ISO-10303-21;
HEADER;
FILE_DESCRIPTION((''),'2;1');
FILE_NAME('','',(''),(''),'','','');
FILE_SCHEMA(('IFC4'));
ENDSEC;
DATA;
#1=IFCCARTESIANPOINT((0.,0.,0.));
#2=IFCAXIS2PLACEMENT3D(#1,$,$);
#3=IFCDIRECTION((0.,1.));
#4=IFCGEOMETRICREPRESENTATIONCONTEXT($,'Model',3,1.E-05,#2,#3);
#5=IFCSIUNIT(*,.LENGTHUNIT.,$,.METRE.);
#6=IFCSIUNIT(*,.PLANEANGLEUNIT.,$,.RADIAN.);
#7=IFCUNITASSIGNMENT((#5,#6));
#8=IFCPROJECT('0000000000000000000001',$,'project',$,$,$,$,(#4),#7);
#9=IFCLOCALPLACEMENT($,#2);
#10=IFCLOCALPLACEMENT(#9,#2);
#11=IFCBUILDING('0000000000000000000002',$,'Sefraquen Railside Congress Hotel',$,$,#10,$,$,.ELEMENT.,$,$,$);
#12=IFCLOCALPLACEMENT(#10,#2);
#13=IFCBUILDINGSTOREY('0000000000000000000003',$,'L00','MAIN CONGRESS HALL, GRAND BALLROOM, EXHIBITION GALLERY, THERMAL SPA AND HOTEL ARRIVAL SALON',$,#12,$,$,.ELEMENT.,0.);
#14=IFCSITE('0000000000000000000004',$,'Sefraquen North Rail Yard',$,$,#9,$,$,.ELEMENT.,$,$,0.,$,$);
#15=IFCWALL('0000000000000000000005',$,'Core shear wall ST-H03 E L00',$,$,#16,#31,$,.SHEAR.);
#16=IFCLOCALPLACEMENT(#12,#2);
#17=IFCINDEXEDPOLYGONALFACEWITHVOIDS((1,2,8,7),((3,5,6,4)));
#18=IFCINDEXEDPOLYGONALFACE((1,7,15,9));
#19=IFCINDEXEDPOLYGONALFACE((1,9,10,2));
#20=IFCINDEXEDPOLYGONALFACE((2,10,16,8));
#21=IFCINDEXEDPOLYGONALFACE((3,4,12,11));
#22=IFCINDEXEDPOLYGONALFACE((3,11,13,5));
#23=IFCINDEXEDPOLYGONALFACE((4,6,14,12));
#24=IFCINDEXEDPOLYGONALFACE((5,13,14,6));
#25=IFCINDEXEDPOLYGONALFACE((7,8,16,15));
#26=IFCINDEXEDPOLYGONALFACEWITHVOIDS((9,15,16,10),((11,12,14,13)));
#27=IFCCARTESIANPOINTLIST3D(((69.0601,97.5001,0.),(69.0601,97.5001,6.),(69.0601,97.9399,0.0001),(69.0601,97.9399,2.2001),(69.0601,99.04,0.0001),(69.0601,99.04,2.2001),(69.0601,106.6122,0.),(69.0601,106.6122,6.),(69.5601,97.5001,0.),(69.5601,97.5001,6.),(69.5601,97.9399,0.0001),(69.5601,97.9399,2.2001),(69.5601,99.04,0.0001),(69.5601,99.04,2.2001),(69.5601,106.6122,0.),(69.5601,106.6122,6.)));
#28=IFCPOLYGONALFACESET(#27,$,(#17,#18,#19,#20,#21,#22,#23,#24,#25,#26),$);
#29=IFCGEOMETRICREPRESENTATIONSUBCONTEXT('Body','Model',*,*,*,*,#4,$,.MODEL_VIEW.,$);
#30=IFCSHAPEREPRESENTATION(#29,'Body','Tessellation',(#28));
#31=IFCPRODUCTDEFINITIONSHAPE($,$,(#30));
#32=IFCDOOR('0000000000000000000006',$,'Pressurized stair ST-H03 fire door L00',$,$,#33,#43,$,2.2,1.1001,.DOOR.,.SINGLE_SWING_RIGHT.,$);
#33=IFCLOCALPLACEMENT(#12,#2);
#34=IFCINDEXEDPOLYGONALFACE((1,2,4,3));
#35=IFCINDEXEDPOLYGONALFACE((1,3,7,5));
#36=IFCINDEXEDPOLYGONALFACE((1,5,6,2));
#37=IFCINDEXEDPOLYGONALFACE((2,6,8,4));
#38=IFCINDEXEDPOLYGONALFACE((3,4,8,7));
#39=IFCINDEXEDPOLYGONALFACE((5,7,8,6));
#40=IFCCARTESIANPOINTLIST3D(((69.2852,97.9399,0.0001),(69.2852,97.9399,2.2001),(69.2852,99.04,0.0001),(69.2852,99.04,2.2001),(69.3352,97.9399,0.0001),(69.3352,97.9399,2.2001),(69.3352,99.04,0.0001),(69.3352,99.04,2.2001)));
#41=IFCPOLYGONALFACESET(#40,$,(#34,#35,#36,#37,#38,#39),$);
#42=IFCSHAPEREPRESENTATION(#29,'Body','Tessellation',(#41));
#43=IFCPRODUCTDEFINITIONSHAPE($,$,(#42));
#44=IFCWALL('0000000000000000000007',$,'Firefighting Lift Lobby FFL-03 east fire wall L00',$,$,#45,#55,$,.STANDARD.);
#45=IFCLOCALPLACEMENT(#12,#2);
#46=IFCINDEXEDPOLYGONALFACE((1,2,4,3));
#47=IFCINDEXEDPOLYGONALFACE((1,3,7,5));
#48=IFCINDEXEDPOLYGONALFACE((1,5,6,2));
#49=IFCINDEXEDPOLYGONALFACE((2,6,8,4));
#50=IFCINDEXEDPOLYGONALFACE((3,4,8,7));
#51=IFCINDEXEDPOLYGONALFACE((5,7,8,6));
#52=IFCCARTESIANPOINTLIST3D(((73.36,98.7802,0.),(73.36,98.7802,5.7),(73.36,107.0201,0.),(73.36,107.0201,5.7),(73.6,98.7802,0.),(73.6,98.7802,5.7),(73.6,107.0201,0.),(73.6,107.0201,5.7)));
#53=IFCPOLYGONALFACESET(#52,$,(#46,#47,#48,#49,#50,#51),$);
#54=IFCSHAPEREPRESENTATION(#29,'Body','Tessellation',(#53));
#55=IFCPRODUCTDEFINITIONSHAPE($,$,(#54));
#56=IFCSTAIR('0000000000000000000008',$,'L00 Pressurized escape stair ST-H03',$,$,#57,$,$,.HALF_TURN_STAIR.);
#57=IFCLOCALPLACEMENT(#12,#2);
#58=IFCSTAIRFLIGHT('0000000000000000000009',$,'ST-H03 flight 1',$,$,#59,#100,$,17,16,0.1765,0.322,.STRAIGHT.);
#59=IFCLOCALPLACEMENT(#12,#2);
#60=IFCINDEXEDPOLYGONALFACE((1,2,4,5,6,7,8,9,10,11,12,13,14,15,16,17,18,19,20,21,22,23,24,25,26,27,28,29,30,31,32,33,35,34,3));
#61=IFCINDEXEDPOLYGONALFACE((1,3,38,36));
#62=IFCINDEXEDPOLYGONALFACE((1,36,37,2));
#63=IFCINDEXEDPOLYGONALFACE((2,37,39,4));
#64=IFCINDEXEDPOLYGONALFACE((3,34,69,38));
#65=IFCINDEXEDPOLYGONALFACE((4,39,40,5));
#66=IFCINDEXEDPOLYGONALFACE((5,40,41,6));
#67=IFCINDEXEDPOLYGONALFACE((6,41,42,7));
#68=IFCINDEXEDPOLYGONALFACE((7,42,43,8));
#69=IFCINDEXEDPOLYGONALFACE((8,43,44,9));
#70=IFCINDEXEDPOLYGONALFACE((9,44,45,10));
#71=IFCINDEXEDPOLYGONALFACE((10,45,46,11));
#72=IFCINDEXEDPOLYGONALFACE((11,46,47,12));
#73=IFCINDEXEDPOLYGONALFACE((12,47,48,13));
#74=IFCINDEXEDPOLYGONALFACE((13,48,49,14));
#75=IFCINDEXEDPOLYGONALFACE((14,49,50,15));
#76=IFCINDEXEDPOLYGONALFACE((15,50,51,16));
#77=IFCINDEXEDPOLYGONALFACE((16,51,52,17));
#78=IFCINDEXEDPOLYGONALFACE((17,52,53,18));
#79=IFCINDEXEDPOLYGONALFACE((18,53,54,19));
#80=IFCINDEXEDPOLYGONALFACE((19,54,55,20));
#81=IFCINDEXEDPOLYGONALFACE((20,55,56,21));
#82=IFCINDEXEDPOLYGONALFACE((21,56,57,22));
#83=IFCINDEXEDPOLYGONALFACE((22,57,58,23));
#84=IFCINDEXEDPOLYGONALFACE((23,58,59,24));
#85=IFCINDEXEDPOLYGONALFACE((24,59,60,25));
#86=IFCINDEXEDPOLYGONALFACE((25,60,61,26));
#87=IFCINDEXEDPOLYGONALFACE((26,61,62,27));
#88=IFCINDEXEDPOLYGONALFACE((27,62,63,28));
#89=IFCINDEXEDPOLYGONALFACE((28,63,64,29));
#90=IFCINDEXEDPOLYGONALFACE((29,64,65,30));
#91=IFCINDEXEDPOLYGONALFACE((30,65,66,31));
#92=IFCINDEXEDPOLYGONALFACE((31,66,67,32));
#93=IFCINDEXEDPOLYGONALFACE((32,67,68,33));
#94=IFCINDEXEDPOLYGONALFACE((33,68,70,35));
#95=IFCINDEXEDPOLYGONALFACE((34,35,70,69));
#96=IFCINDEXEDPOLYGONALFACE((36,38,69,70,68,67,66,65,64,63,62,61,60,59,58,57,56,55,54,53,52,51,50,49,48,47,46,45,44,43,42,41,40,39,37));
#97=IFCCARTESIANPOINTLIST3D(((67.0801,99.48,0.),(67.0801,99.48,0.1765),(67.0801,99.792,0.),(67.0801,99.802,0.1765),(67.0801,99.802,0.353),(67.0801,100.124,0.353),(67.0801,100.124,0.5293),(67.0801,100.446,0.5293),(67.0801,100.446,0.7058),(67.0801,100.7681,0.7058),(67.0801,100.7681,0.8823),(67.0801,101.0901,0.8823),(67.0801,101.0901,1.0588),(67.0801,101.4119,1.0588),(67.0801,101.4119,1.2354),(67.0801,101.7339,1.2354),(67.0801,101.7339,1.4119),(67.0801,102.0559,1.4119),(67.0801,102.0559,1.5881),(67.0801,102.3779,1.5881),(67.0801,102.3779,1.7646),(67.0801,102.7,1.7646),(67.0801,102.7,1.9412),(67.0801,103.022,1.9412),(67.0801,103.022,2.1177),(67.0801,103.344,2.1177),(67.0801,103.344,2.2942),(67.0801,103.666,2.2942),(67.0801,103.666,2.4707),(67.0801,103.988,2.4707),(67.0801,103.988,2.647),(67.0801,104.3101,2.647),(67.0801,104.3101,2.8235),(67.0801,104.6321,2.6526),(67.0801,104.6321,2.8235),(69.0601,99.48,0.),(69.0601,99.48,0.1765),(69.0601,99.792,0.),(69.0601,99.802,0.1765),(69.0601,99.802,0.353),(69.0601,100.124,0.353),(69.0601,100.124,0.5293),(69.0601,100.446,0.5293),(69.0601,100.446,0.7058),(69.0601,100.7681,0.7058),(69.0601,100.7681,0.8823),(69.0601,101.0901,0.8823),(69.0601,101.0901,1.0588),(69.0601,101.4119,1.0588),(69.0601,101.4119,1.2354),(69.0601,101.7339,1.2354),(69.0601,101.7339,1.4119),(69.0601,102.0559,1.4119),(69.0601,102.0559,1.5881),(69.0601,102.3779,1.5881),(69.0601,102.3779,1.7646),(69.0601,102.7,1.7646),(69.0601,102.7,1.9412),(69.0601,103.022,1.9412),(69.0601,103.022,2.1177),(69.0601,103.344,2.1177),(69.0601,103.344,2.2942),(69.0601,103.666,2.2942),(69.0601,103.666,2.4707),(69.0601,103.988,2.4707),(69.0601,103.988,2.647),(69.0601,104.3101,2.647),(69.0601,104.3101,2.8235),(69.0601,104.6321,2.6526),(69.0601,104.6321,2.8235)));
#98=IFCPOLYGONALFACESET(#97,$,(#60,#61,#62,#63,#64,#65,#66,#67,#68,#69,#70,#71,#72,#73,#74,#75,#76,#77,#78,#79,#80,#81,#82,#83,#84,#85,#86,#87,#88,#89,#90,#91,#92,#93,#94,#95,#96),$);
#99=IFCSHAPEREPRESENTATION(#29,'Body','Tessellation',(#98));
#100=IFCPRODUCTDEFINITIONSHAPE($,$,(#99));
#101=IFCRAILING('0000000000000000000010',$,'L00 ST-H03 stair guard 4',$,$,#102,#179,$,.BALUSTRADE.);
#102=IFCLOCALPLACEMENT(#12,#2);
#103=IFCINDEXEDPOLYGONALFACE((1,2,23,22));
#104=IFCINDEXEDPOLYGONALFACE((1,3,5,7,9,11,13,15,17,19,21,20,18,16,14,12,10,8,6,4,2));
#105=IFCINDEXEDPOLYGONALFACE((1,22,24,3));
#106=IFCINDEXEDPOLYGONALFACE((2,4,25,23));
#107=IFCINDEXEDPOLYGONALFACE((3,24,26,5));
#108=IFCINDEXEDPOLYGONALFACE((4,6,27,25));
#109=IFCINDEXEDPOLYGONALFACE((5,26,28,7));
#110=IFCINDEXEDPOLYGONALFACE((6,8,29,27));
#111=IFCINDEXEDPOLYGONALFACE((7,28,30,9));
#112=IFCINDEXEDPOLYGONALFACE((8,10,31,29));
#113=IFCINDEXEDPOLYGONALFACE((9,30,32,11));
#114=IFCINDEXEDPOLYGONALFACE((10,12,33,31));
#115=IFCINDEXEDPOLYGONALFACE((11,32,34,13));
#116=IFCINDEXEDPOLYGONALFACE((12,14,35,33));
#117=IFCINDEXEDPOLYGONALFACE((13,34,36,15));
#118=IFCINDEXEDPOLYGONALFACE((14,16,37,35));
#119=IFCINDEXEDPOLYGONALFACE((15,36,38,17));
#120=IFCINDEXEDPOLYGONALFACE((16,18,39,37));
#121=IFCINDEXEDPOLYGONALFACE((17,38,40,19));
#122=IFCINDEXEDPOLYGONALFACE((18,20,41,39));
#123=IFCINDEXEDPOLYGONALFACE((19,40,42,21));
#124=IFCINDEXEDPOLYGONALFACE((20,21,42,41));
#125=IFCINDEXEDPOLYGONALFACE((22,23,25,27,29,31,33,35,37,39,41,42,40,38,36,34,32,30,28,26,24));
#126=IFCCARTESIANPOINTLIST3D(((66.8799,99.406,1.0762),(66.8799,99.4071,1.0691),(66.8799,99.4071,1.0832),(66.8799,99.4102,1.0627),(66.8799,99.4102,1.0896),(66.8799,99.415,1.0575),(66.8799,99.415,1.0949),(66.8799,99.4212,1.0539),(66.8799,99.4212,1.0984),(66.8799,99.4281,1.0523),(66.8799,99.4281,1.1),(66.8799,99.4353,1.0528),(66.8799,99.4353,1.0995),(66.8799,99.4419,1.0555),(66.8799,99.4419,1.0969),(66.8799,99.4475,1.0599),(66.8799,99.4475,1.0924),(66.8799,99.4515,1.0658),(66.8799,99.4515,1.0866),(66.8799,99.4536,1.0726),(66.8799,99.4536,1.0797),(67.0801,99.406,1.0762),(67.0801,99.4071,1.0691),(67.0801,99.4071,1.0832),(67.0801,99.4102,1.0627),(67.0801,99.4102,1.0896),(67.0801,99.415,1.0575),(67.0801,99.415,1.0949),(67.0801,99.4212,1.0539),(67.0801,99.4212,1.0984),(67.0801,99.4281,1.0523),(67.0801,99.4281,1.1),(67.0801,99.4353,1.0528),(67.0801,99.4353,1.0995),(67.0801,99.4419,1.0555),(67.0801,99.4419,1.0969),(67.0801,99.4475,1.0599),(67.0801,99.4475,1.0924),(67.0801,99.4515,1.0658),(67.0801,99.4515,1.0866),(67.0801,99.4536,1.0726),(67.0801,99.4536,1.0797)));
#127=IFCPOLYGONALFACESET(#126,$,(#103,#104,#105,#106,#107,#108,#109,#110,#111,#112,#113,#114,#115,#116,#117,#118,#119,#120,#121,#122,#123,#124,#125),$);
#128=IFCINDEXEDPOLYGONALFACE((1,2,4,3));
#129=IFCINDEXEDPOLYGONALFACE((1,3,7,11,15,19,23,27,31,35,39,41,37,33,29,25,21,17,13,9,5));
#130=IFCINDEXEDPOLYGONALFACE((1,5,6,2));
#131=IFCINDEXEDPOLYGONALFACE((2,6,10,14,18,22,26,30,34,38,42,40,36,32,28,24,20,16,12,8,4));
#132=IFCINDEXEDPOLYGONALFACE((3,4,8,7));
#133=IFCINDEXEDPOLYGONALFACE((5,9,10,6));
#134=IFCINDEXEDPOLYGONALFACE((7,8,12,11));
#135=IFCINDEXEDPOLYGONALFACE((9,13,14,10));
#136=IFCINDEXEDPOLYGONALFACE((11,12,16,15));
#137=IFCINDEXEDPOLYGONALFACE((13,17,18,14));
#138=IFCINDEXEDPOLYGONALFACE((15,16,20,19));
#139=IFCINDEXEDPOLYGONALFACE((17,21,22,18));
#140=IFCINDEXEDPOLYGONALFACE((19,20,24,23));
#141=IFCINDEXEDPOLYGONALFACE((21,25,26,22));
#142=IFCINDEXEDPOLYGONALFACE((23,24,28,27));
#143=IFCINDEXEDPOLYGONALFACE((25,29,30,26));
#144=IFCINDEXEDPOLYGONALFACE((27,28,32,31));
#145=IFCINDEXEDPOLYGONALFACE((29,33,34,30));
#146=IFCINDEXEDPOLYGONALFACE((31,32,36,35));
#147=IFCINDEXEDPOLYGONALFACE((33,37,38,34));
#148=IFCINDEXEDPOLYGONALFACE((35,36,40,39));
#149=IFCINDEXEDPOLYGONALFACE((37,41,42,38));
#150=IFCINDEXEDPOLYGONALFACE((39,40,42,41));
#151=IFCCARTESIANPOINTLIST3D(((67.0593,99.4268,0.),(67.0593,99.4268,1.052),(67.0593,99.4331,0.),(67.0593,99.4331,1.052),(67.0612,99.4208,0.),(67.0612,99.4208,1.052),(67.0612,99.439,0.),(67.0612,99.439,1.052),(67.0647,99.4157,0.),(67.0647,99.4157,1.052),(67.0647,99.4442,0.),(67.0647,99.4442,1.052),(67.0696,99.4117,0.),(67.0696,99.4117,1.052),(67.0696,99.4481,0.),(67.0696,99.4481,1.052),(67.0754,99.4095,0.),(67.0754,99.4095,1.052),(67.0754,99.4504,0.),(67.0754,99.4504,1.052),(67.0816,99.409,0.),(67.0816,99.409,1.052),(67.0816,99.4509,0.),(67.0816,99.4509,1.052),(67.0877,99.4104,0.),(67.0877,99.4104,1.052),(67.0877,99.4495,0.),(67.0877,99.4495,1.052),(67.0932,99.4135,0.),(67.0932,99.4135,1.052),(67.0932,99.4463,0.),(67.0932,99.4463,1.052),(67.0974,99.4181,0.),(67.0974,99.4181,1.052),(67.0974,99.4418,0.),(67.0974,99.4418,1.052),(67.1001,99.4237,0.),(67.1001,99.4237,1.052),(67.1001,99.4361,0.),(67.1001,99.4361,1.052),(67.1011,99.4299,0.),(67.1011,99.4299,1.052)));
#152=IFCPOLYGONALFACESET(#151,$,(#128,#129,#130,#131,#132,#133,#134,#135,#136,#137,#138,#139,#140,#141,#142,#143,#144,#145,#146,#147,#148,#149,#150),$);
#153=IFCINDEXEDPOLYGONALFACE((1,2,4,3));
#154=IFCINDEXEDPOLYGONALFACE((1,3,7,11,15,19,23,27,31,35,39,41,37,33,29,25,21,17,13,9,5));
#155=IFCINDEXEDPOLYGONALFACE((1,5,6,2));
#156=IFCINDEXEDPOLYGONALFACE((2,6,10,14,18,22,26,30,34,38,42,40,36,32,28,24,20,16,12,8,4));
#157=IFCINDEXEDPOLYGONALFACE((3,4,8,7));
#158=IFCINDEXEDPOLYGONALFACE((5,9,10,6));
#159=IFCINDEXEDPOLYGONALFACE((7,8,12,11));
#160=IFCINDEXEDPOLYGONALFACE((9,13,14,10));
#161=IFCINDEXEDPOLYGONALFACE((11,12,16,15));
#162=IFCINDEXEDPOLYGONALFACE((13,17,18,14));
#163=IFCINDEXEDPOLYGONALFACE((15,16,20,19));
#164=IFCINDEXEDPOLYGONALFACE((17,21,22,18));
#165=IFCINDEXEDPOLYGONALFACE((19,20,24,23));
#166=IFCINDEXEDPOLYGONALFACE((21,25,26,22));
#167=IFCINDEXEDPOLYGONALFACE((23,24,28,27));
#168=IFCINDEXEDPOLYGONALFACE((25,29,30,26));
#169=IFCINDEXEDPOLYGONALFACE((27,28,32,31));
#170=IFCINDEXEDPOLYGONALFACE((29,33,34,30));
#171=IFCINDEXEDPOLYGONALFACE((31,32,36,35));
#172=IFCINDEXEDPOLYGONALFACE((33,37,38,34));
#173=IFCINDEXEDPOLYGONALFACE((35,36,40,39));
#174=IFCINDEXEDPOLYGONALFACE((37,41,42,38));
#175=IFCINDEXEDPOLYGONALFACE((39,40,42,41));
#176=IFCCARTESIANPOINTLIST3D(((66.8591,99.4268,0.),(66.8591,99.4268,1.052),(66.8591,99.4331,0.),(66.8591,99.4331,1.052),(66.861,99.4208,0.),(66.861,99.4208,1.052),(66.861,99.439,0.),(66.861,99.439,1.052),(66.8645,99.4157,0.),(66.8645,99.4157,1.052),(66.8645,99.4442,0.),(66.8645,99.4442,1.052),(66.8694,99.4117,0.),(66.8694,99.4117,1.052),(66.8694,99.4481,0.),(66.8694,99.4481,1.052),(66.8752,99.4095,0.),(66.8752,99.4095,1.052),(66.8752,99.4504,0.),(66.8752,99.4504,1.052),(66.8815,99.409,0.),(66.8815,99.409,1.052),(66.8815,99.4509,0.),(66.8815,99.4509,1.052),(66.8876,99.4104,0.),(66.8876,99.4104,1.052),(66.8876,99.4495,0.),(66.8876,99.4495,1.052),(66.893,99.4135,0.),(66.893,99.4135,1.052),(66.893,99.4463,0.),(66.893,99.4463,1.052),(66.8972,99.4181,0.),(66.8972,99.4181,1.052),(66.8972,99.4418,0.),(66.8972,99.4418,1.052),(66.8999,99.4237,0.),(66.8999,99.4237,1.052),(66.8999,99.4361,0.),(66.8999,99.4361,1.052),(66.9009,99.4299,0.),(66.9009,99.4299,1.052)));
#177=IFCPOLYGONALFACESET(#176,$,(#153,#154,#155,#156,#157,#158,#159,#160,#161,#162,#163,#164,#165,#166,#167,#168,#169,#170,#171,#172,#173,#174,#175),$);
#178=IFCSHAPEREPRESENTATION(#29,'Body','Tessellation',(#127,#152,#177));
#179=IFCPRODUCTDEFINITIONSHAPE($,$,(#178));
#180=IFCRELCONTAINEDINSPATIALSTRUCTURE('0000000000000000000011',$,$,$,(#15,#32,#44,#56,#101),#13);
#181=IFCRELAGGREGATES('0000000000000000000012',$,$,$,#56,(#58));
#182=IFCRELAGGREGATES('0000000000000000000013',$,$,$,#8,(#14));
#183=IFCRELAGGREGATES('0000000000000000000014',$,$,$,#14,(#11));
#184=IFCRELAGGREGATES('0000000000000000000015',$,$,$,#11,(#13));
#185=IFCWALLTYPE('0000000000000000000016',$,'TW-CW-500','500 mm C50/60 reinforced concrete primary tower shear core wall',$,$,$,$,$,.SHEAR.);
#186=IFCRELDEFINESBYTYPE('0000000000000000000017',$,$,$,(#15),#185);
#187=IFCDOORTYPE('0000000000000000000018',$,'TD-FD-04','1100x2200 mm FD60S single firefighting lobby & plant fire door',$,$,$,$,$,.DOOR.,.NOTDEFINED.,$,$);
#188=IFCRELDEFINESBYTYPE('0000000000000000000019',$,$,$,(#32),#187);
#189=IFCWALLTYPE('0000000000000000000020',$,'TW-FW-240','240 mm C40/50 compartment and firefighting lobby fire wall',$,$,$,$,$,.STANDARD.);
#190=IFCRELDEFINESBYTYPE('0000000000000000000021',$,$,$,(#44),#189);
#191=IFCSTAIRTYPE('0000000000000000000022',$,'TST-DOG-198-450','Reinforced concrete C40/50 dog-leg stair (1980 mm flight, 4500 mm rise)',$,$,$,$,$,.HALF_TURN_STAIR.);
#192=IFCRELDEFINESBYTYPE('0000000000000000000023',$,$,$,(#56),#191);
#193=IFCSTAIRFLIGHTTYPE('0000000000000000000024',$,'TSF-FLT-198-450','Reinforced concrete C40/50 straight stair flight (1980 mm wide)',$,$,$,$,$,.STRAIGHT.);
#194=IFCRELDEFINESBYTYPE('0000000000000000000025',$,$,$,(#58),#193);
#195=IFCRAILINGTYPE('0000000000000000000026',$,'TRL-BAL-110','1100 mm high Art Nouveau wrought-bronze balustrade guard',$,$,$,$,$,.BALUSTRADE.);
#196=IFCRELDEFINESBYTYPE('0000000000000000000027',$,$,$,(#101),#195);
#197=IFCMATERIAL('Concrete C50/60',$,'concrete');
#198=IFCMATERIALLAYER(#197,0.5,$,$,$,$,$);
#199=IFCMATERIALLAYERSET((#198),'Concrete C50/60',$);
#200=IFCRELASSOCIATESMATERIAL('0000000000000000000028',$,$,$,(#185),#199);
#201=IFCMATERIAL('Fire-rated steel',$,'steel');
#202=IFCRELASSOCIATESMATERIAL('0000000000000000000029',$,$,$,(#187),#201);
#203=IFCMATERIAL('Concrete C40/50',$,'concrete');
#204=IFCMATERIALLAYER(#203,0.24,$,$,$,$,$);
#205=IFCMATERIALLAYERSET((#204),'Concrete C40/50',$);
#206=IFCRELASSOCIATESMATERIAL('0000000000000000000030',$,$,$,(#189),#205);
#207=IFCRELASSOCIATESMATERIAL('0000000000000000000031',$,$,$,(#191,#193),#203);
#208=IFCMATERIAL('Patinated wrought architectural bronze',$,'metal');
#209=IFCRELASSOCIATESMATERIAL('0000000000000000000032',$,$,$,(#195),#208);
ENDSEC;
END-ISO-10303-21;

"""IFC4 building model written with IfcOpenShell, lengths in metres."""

from ifc_helpers import new_model, si_unit, direction, frame, frame_2d, origin, origin_2d, place, context, subcontext, project, spatial, polyline, rectangle, circle, outline, extrude, material, layer, layer_set, type_object, element, fill, aggregate, save


model = new_model("IFC4")

# Units and contexts
model_context = context("Model", 3, precision=1e-05, world=origin(), true_north=direction((0.0, 1.0)))
body_context = subcontext(model_context, "Body", "Model", "MODEL_VIEW")
ifc_project = project(units=[si_unit("LENGTHUNIT", "METRE"), si_unit("PLANEANGLEUNIT", "RADIAN")], contexts=[model_context])

# Site, building, storey
site_placement = place(None, origin())
site = spatial("IfcSite", under=ifc_project, at=site_placement, Name="Sefraquen North Rail Yard", CompositionType="ELEMENT", RefElevation=0.0)
building_placement = place(site_placement, origin())
building = spatial("IfcBuilding", under=site, at=building_placement, Name="Sefraquen Railside Congress Hotel", CompositionType="ELEMENT")
storey_placement = place(building_placement, origin())
storey = spatial("IfcBuildingStorey", under=building, at=storey_placement, Name="L00", Description="MAIN CONGRESS HALL, GRAND BALLROOM, EXHIBITION GALLERY, THERMAL SPA AND HOTEL ARRIVAL SALON", CompositionType="ELEMENT", Elevation=0.0)

# Shared definitions
ifc_material_1 = material(Name="Concrete C50/60", Category="concrete")

# Wall, opening, door
ifc_layer_1 = layer(ifc_material_1, 0.5)
ifc_layer_set_1 = layer_set([ifc_layer_1], Name="Concrete C50/60")
wall_type_1 = type_object("IfcWallType", Name="TW-CW-500", Description="500 mm C50/60 reinforced concrete primary tower shear core wall", PredefinedType="SHEAR", material=ifc_layer_set_1)
wall_1_placement = place(storey_placement, frame((69.3101, 97.5, 0.0), z_axis=(0.0, 0.0, 1.0), x_axis=(0.0, 1.0, 0.0)))
wall_1 = element("IfcWall", 1, at=wall_1_placement, inside=storey, type_object=wall_type_1, Name="Core shear wall ST-H03 E L00", PredefinedType="SHEAR", context=body_context, shape_type="SweptSolid", body=[
    extrude(rectangle(XDim=9.1121, YDim=0.5, at=frame_2d((4.5562, 0.0))), origin(), (0.0, 0.0, 1.0), 6.0),
])
opening_1_placement = place(wall_1_placement, frame((0.4399, 0.0, 0.0)))
opening_1 = element("IfcOpeningElement", 2, at=opening_1_placement, cuts=wall_1, PredefinedType="OPENING", context=body_context, shape_type="SweptSolid", body=[
    extrude(rectangle(XDim=1.1001, YDim=2.2, at=frame_2d((0.55, 1.1001))), frame((0.0, 0.26, 0.0), z_axis=(0.0, -1.0, 0.0), x_axis=(1.0, 0.0, 0.0)), (0.0, 0.0, 1.0), 0.52),
])
ifc_material_2 = material(Name="Fire-rated steel", Category="steel")
door_type_1 = type_object("IfcDoorType", Name="TD-FD-04", Description="1100x2200 mm FD60S single firefighting lobby & plant fire door", OperationType="NOTDEFINED", PredefinedType="DOOR", material=ifc_material_2)
door_1_placement = place(opening_1_placement, origin())
door_1 = element("IfcDoor", 3, at=door_1_placement, inside=storey, type_object=door_type_1, Name="Pressurized stair ST-H03 fire door L00", OperationType="SINGLE_SWING_RIGHT", OverallHeight=2.2, OverallWidth=1.1001, PredefinedType="DOOR", context=body_context, shape_type="SweptSolid", body=[
    extrude(rectangle(XDim=1.1001, YDim=2.2, at=frame_2d((0.55, 1.1001))), frame((0.0, 0.0249, 0.0), z_axis=(0.0, -1.0, 0.0), x_axis=(1.0, 0.0, 0.0)), (0.0, 0.0, 1.0), 0.05),
])
fill(opening_1, door_1)

# Wall
ifc_material_3 = material(Name="Concrete C40/50", Category="concrete")
ifc_layer_2 = layer(ifc_material_3, 0.24)
ifc_layer_set_2 = layer_set([ifc_layer_2], Name="Concrete C40/50")
wall_type_2 = type_object("IfcWallType", Name="TW-FW-240", Description="240 mm C40/50 compartment and firefighting lobby fire wall", PredefinedType="STANDARD", material=ifc_layer_set_2)
wall_2_placement = place(storey_placement, frame((73.48, 98.78, 0.0), z_axis=(0.0, 0.0, 1.0), x_axis=(0.0, 1.0, 0.0)))
element("IfcWall", 4, at=wall_2_placement, inside=storey, type_object=wall_type_2, Name="Firefighting Lift Lobby FFL-03 east fire wall L00", PredefinedType="STANDARD", context=body_context, shape_type="SweptSolid", body=[
    extrude(rectangle(XDim=8.24, YDim=0.24, at=frame_2d((4.1201, 0.0))), origin(), (0.0, 0.0, 1.0), 5.7),
])

# Stair, stair flight
stair_type = type_object("IfcStairType", Name="TST-DOG-198-450", Description="Reinforced concrete C40/50 dog-leg stair (1980 mm flight, 4500 mm rise)", PredefinedType="HALF_TURN_STAIR", material=ifc_material_3)
stair_placement = place(storey_placement, origin())
stair = element("IfcStair", 5, at=stair_placement, inside=storey, type_object=stair_type, Name="L00 Pressurized escape stair ST-H03", PredefinedType="HALF_TURN_STAIR")
stair_flight_type = type_object("IfcStairFlightType", Name="TSF-FLT-198-450", Description="Reinforced concrete C40/50 straight stair flight (1980 mm wide)", PredefinedType="STRAIGHT", material=ifc_material_3)
stair_flight_placement = place(storey_placement, frame((68.0701, 99.48, 0.0), z_axis=(0.0, 0.0, 1.0), x_axis=(0.0, 1.0, 0.0)))
stair_flight = element("IfcStairFlight", 6, at=stair_flight_placement, type_object=stair_flight_type, Name="ST-H03 flight 1", NumberOfRisers=17, NumberOfTreads=16, PredefinedType="STRAIGHT", RiserHeight=0.1765, TreadLength=0.322, context=body_context, shape_type="SweptSolid", body=[
    extrude(outline(polyline([(0.0, 0.0), (0.0, 0.1765), (0.322, 0.1765), (0.322, 0.353), (0.644, 0.353), (0.644, 0.5293), (0.9661, 0.5293), (0.9661, 0.7058), (1.2881, 0.7058), (1.2881, 0.8823), (1.6101, 0.8823), (1.6101, 1.0588), (1.9319, 1.0588), (1.9319, 1.2354), (2.2539, 1.2354), (2.2539, 1.4119), (2.5759, 1.4119), (2.5759, 1.5881), (2.8979, 1.5881), (2.8979, 1.7646), (3.22, 1.7646), (3.22, 1.9412), (3.542, 1.9412), (3.542, 2.1177), (3.864, 2.1177), (3.864, 2.2942), (4.186, 2.2942), (4.186, 2.4707), (4.5081, 2.4707), (4.5081, 2.647), (4.8301, 2.647), (4.8301, 2.8235), (5.1521, 2.8235), (5.1521, 3.0), (5.1521, 2.6526), (0.312, 0.0), (0.0, 0.0)])), frame((0.0, 0.99, 0.0), z_axis=(0.0, -1.0, 0.0), x_axis=(1.0, 0.0, 0.0)), (0.0, 0.0, 1.0), 1.98),
])
aggregate(stair, [stair_flight])

# Railing
ifc_material_4 = material(Name="Patinated wrought architectural bronze", Category="metal")
railing_type_1 = type_object("IfcRailingType", Name="TRL-BAL-110", Description="1100 mm high Art Nouveau wrought-bronze balustrade guard", PredefinedType="BALUSTRADE", material=ifc_material_4)
railing_1_placement = place(storey_placement, frame((67.0801, 99.4299, 0.0)))
element("IfcRailing", 7, at=railing_1_placement, inside=storey, type_object=railing_type_1, Name="L00 ST-H03 stair guard 4", PredefinedType="BALUSTRADE", context=body_context, shape_type="SweptSolid", body=[
    extrude(circle(Radius=0.0239, at=origin_2d()), frame((0.0, 0.0, 1.0762), z_axis=(-1.0, 0.0, 0.0), x_axis=(0.0, -1.0, 0.0)), (0.0, 0.0, 1.0), 0.2002),
    extrude(circle(Radius=0.021, at=origin_2d()), origin(), (0.0, 0.0, 1.0), 1.052),
    extrude(circle(Radius=0.021, at=origin_2d()), frame((-0.2002, 0.0, 0.0)), (0.0, 0.0, 1.0), 1.052),
])

save(model, "model.ifc")
